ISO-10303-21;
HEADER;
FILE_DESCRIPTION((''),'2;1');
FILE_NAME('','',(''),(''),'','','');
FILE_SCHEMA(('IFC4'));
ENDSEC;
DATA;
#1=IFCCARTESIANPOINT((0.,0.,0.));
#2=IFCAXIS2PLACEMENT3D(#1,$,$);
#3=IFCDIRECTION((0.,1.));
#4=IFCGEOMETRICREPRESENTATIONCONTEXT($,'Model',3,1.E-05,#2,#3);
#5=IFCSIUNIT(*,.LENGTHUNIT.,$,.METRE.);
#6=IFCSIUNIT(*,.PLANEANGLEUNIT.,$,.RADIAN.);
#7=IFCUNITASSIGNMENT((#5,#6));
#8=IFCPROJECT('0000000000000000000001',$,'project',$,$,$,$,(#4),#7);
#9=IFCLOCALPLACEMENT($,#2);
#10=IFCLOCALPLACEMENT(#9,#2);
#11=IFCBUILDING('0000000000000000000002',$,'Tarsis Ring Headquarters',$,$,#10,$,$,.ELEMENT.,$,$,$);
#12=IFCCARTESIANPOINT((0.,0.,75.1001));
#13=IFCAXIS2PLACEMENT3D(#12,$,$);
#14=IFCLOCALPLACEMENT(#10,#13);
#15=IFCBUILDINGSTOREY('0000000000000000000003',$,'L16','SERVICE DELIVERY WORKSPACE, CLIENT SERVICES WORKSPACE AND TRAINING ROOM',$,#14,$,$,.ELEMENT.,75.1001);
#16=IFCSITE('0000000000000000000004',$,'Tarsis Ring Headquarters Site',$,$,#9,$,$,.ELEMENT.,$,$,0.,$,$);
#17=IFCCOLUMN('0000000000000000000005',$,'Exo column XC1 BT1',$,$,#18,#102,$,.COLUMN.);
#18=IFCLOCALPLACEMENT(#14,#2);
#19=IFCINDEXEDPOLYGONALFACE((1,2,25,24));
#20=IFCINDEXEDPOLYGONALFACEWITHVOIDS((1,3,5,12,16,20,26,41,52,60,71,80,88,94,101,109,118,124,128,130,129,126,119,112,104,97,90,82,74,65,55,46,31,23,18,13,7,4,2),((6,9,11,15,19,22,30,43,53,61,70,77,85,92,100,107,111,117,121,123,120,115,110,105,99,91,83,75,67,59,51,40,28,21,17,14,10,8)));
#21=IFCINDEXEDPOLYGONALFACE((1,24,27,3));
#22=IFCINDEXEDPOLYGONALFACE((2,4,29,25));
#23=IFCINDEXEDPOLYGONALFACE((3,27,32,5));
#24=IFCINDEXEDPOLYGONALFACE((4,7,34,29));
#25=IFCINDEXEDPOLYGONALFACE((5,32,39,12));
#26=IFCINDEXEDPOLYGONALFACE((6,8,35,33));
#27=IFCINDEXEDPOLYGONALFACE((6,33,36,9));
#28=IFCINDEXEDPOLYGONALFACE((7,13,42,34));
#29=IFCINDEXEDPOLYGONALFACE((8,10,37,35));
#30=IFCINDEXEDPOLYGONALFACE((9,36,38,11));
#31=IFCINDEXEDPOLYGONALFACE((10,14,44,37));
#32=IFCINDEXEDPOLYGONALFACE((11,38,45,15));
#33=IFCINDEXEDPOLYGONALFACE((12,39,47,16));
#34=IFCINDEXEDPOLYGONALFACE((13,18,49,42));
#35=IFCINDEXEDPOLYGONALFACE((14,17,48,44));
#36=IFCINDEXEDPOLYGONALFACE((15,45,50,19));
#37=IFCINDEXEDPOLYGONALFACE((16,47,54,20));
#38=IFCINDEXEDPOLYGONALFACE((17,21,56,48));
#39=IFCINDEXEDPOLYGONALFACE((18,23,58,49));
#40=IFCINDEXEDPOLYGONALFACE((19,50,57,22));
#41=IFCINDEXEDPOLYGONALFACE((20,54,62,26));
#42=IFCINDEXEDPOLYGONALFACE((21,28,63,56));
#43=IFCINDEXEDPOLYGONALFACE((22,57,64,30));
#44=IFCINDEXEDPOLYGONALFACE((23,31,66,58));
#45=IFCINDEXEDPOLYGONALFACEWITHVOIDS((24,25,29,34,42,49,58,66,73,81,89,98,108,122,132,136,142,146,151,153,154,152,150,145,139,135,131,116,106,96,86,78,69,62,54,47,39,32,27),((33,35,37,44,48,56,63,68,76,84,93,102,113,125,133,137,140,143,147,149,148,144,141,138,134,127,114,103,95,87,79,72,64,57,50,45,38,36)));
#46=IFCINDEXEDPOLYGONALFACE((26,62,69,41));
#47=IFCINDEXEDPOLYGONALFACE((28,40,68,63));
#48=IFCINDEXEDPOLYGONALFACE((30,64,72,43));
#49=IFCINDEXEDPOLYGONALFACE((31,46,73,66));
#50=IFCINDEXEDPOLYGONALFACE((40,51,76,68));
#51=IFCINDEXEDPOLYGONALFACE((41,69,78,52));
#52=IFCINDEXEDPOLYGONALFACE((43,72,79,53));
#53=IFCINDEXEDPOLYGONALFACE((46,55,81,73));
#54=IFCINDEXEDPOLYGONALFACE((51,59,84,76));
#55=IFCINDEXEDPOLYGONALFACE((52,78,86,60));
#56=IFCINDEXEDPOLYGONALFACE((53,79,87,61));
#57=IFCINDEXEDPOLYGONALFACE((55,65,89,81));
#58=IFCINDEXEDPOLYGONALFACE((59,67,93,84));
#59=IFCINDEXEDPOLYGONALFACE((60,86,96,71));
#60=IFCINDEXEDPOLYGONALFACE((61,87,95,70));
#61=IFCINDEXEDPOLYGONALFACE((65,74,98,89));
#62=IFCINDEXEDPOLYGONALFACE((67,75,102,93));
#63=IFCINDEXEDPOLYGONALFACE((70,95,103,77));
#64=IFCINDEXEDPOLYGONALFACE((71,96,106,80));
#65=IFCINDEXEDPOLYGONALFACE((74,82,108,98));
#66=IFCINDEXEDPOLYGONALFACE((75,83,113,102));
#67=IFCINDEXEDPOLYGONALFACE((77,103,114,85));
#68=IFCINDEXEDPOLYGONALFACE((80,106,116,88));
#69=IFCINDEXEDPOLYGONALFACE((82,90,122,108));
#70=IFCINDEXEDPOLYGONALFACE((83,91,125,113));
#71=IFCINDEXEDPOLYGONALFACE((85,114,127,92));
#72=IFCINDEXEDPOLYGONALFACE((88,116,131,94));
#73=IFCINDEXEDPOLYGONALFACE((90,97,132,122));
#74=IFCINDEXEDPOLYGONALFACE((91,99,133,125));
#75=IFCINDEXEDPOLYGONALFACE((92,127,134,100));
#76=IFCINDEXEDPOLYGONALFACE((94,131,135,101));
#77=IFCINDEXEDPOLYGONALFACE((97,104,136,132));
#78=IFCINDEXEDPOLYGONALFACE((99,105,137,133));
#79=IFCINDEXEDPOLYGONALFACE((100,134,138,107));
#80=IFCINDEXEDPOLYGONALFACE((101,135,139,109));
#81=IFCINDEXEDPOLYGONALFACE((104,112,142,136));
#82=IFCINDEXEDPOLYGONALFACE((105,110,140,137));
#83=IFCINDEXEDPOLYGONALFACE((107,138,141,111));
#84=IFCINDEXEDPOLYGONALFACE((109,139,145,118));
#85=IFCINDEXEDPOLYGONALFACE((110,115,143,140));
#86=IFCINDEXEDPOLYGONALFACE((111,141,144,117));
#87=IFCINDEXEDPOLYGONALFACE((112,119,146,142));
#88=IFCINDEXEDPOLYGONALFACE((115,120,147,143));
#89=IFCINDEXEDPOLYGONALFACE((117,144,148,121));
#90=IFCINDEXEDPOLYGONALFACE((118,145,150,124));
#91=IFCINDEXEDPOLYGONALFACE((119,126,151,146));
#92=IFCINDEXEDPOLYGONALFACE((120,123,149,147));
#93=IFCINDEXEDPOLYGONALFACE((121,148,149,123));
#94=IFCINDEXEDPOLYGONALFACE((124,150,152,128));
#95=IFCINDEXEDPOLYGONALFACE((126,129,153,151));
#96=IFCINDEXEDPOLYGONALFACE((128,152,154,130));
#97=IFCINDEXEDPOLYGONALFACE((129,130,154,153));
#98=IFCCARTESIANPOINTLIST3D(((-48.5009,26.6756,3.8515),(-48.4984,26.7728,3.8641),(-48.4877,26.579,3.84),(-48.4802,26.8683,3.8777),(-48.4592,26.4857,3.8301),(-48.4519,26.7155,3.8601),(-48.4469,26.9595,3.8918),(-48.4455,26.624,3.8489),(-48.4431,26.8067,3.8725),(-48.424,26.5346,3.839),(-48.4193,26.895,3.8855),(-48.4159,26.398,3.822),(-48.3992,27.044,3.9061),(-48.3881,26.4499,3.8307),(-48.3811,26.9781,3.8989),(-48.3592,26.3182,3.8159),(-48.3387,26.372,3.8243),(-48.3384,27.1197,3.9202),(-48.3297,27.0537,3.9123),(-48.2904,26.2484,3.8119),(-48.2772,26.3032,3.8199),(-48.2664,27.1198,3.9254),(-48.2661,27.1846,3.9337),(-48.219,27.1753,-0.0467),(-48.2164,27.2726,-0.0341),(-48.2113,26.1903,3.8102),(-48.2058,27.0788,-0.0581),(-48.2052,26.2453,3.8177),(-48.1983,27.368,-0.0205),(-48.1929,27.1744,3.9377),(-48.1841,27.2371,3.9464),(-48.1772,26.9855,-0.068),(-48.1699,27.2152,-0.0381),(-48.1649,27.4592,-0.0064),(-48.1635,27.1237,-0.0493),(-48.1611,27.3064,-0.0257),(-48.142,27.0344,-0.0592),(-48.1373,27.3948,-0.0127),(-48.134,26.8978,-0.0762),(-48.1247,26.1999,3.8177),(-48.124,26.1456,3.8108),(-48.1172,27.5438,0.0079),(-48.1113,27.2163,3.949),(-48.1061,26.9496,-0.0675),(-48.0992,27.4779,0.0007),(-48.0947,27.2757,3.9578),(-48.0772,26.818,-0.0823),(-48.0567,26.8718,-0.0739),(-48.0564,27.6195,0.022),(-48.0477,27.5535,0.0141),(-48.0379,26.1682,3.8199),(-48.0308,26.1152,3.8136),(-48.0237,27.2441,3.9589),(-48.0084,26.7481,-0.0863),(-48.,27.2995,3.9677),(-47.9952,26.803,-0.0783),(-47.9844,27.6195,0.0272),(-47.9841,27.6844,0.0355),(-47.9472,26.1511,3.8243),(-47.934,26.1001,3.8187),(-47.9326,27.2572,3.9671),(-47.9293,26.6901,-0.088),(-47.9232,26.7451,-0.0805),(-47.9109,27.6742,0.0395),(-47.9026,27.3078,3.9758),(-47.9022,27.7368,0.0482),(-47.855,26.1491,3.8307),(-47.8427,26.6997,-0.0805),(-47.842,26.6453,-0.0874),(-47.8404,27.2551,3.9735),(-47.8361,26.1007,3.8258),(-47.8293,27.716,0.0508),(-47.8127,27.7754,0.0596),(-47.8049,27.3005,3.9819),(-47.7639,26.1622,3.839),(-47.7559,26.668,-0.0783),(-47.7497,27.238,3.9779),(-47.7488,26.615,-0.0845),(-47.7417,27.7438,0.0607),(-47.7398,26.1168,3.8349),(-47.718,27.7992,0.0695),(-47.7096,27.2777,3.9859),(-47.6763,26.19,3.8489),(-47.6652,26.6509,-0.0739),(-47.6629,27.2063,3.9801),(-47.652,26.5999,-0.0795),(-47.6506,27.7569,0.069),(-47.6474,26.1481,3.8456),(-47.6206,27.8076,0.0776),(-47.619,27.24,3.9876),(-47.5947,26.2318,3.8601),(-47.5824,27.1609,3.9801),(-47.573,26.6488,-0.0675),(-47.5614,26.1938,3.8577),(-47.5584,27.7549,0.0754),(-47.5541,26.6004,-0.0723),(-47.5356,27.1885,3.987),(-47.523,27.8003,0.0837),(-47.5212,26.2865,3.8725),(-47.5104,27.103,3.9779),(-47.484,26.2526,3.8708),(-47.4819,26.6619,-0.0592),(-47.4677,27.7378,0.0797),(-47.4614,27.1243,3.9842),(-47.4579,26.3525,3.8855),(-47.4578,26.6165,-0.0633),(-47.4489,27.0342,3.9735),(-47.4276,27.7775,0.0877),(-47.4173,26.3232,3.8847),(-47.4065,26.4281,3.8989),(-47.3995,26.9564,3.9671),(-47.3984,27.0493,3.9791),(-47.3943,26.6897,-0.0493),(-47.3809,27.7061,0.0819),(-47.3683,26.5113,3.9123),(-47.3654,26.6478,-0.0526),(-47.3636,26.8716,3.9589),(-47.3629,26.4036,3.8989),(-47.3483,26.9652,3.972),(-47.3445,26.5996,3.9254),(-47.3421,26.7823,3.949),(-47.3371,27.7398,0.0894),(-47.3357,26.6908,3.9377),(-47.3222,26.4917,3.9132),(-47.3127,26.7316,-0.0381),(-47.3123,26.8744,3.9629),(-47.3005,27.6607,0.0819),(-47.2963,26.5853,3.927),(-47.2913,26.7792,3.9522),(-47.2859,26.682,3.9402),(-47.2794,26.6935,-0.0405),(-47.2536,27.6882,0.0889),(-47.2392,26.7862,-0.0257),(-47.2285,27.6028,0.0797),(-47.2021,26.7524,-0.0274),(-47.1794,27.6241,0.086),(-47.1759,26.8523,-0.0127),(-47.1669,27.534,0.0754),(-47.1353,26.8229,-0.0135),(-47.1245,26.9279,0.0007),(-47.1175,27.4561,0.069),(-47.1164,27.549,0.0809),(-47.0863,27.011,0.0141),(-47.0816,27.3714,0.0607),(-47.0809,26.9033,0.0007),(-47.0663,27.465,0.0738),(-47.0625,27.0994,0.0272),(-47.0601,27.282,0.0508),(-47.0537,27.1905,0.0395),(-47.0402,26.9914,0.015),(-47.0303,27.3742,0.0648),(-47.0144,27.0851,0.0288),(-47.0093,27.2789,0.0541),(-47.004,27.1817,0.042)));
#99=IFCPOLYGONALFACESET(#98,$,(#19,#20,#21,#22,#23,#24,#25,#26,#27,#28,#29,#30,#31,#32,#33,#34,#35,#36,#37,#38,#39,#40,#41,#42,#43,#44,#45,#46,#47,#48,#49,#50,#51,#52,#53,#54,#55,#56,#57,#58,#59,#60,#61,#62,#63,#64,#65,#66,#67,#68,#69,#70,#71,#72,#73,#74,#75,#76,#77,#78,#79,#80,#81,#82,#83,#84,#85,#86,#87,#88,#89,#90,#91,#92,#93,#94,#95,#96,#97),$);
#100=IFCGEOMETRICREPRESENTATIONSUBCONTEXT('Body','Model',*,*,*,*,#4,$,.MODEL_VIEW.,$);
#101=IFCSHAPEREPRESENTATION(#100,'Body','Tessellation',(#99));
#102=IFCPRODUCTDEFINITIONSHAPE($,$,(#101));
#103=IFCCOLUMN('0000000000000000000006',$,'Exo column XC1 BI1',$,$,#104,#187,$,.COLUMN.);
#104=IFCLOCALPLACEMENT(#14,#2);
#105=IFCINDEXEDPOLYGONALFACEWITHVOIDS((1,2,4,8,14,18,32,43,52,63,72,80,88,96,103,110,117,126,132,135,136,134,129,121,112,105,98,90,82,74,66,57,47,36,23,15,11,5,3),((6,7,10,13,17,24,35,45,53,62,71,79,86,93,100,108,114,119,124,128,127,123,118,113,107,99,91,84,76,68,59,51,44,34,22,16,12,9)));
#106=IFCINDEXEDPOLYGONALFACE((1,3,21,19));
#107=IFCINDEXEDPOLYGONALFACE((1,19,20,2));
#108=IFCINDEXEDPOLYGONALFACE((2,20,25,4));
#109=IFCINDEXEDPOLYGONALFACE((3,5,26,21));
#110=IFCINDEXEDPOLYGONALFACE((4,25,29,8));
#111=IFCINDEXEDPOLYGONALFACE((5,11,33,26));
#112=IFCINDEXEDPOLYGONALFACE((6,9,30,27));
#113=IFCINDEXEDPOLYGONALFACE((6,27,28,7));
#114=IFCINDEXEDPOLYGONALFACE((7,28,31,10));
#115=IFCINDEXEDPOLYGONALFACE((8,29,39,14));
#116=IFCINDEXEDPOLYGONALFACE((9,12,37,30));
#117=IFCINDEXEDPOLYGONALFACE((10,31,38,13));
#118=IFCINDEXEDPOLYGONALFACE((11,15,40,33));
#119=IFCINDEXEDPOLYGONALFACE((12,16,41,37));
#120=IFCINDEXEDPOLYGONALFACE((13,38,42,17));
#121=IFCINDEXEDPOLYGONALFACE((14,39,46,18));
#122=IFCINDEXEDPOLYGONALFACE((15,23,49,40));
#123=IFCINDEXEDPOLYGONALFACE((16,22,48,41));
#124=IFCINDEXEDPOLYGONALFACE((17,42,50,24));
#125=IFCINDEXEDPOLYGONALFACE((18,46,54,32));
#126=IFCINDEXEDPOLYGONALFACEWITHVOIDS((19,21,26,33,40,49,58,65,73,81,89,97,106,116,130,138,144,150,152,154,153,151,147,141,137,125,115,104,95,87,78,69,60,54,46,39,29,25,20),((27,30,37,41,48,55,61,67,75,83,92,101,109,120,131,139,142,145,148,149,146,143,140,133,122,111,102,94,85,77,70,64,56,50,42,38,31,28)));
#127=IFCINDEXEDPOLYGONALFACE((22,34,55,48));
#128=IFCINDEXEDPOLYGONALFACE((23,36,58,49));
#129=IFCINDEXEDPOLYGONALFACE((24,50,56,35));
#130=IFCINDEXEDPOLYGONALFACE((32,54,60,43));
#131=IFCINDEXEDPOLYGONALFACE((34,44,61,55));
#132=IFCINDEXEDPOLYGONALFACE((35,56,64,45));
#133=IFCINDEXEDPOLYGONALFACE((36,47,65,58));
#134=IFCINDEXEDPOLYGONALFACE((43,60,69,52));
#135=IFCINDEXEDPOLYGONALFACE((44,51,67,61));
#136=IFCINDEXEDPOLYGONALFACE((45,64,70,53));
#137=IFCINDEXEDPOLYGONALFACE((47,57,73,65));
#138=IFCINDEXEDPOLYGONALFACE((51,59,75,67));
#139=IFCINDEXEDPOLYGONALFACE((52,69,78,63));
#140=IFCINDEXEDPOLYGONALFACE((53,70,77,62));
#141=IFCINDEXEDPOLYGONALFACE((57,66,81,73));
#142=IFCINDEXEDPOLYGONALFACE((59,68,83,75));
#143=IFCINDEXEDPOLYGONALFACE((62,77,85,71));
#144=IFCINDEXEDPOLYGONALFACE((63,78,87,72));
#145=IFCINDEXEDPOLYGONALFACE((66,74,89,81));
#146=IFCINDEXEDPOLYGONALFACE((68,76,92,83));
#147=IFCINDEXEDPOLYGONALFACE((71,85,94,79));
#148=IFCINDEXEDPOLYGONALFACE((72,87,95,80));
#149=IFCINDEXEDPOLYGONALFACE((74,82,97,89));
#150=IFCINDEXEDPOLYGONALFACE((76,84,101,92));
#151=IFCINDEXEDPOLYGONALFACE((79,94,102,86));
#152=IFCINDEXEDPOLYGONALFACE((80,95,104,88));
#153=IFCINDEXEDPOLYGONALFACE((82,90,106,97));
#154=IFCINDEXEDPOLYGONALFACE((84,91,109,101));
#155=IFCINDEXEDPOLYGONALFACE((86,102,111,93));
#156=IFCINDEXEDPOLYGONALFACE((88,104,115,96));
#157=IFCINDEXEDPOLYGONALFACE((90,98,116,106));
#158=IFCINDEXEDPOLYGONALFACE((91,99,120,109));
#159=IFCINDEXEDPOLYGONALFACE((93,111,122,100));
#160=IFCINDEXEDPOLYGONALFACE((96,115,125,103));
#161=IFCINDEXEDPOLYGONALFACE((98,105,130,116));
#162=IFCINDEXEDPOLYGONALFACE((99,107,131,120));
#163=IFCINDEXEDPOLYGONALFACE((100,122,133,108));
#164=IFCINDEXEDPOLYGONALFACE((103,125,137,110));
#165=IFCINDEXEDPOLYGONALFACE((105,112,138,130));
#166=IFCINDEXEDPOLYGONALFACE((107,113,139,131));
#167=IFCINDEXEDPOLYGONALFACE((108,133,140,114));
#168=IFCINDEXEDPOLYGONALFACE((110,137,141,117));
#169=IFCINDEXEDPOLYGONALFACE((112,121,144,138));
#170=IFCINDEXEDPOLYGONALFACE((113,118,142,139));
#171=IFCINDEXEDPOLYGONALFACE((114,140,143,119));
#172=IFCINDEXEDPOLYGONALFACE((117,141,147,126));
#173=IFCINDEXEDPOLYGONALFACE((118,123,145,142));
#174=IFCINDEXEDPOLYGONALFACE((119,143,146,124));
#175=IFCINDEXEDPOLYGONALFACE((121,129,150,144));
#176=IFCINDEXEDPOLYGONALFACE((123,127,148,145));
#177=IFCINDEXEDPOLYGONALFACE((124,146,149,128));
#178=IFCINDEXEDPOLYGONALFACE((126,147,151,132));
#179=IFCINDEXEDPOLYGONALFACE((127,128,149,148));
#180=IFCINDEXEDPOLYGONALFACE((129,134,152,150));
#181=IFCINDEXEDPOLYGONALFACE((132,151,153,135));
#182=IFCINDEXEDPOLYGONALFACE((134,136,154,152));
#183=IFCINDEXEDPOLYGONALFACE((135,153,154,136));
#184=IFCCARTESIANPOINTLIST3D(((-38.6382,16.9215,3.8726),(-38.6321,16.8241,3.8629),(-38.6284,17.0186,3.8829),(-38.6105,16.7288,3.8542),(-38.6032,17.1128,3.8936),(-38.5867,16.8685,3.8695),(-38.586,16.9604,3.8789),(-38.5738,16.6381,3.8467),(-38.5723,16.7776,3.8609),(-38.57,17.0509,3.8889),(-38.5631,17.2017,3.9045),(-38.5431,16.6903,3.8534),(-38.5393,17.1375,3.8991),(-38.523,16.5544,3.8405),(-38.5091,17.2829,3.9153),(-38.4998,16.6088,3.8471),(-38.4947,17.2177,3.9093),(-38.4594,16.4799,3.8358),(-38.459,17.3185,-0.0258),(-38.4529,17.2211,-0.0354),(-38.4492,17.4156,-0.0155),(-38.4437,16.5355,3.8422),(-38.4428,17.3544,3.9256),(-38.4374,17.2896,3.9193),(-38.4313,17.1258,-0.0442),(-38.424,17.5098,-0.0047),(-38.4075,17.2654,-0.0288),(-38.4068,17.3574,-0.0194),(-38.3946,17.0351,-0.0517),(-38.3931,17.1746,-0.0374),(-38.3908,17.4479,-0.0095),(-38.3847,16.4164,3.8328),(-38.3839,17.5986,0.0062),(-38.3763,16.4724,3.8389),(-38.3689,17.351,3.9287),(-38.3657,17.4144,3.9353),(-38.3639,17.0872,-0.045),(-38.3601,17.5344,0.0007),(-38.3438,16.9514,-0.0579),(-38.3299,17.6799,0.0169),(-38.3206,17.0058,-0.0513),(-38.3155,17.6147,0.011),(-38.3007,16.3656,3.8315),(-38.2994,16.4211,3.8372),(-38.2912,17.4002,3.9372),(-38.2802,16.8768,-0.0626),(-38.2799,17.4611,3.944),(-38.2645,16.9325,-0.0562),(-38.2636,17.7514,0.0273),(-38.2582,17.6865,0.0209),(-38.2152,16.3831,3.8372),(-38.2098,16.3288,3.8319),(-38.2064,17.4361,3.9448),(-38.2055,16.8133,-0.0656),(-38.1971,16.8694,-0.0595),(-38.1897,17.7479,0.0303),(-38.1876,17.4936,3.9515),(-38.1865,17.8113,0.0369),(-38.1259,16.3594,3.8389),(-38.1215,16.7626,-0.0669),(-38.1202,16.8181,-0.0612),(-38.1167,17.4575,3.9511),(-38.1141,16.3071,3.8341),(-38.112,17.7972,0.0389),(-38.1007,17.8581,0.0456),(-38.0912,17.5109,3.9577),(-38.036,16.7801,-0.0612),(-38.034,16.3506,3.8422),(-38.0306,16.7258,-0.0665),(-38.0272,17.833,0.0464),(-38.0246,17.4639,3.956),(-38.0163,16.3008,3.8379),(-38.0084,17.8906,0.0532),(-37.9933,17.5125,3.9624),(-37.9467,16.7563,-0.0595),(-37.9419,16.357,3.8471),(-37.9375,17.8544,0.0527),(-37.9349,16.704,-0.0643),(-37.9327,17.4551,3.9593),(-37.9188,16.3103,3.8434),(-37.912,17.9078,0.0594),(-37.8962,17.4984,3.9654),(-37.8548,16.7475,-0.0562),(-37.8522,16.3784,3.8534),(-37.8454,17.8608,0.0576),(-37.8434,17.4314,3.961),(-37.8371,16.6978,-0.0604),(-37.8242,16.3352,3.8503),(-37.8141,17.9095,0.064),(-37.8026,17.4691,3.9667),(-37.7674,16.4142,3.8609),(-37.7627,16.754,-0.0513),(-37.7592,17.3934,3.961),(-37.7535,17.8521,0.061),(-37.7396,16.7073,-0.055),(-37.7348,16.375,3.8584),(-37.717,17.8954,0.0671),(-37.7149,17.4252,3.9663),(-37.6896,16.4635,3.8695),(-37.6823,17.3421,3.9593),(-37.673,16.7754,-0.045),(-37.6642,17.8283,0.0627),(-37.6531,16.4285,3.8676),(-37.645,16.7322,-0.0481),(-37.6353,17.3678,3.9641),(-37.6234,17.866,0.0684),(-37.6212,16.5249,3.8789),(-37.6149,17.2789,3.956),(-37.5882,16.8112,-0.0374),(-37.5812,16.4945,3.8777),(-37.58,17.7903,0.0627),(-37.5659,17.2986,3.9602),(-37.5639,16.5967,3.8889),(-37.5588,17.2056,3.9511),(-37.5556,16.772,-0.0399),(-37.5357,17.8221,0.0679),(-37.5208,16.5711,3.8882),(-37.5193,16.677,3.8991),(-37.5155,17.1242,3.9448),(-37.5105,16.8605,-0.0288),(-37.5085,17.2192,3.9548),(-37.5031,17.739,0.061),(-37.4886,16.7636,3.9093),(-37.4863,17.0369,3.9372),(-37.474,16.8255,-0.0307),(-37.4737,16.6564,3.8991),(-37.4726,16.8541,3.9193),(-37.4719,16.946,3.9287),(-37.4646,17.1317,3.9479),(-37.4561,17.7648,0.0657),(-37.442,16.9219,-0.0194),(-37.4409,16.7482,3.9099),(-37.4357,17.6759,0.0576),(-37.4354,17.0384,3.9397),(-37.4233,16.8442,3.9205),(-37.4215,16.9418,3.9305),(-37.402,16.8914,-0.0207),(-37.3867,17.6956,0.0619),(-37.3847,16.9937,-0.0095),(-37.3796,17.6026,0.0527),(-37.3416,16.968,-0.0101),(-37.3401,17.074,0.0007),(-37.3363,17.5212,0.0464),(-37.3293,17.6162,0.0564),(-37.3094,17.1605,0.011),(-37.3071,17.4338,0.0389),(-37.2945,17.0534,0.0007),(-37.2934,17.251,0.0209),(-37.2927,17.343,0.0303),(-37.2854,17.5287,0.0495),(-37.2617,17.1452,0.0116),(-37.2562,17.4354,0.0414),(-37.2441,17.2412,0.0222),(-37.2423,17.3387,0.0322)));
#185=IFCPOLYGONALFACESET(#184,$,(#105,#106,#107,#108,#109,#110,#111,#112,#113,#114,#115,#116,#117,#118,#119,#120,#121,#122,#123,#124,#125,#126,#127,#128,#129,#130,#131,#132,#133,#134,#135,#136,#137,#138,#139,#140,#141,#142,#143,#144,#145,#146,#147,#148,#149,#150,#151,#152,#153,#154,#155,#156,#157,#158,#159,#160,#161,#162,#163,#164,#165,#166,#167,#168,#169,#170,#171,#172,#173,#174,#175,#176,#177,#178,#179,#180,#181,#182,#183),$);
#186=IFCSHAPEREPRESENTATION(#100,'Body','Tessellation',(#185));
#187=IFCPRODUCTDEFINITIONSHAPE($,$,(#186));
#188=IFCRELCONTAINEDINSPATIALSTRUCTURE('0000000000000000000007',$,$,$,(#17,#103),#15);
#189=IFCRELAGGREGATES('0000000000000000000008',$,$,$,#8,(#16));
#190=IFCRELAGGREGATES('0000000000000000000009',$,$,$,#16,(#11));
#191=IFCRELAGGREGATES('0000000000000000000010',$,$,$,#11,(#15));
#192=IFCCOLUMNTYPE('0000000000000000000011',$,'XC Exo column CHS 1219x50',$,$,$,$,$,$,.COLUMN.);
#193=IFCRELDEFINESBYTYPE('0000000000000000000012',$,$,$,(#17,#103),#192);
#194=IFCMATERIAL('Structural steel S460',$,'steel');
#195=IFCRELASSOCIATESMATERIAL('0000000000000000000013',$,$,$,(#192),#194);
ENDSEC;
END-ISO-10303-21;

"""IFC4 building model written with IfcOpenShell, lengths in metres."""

from ifc_helpers import new_model, si_unit, direction, frame, origin, origin_2d, place, context, subcontext, project, spatial, hollow_circle, extrude, material, material_profile, profile_set, type_object, element, save


model = new_model("IFC4")

# Units and contexts
model_context = context("Model", 3, precision=1e-05, world=origin(), true_north=direction((0.0, 1.0)))
body_context = subcontext(model_context, "Body", "Model", "MODEL_VIEW")
ifc_project = project(units=[si_unit("LENGTHUNIT", "METRE"), si_unit("PLANEANGLEUNIT", "RADIAN")], contexts=[model_context])

# Site, building, storey
site_placement = place(None, origin())
site = spatial("IfcSite", under=ifc_project, at=site_placement, Name="Tarsis Ring Headquarters Site", CompositionType="ELEMENT", RefElevation=0.0)
building_placement = place(site_placement, origin())
building = spatial("IfcBuilding", under=site, at=building_placement, Name="Tarsis Ring Headquarters", CompositionType="ELEMENT")
storey_placement = place(building_placement, frame((0.0, 0.0, 75.1001)))
storey = spatial("IfcBuildingStorey", under=building, at=storey_placement, Name="L16", Description="SERVICE DELIVERY WORKSPACE, CLIENT SERVICES WORKSPACE AND TRAINING ROOM", CompositionType="ELEMENT", Elevation=75.1001)

# Columns
ifc_material_1 = material(Name="Structural steel S460", Category="steel")
ifc_material_profile_1 = material_profile(ifc_material_1, hollow_circle(Radius=0.6096, WallThickness=0.05, at=origin_2d()), Name="CHS 1219x50")
ifc_profile_set_1 = profile_set([ifc_material_profile_1], Name="Structural steel S460")
column_type = type_object("IfcColumnType", Name="XC Exo column CHS 1219x50", PredefinedType="COLUMN", material=ifc_profile_set_1)
column_1_placement = place(storey_placement, frame((-47.6118, 27.2029, 0.0007), z_axis=(-0.071565, -0.126835, 0.989339), x_axis=(0.870927, -0.491412, 0.0)))
element("IfcColumn", 1, at=column_1_placement, inside=storey, type_object=column_type, Name="Exo column XC1 BT1", PredefinedType="COLUMN", context=body_context, shape_type="SweptSolid", body=[
    extrude(hollow_circle(Radius=0.6096, WallThickness=0.05, at=origin_2d()), origin(), (0.0, 0.0, 1.0), 3.9402),
])
column_2_placement = place(storey_placement, frame((-37.8501, 17.3042, 0.0007), z_axis=(-0.045683, -0.101199, 0.993817), x_axis=(0.911438, -0.411437, 0.0)))
element("IfcColumn", 2, at=column_2_placement, inside=storey, type_object=column_type, Name="Exo column XC1 BI1", PredefinedType="COLUMN", context=body_context, shape_type="SweptSolid", body=[
    extrude(hollow_circle(Radius=0.6096, WallThickness=0.05, at=origin_2d()), origin(), (0.0, 0.0, 1.0), 3.9226),
])

save(model, "model.ifc")
